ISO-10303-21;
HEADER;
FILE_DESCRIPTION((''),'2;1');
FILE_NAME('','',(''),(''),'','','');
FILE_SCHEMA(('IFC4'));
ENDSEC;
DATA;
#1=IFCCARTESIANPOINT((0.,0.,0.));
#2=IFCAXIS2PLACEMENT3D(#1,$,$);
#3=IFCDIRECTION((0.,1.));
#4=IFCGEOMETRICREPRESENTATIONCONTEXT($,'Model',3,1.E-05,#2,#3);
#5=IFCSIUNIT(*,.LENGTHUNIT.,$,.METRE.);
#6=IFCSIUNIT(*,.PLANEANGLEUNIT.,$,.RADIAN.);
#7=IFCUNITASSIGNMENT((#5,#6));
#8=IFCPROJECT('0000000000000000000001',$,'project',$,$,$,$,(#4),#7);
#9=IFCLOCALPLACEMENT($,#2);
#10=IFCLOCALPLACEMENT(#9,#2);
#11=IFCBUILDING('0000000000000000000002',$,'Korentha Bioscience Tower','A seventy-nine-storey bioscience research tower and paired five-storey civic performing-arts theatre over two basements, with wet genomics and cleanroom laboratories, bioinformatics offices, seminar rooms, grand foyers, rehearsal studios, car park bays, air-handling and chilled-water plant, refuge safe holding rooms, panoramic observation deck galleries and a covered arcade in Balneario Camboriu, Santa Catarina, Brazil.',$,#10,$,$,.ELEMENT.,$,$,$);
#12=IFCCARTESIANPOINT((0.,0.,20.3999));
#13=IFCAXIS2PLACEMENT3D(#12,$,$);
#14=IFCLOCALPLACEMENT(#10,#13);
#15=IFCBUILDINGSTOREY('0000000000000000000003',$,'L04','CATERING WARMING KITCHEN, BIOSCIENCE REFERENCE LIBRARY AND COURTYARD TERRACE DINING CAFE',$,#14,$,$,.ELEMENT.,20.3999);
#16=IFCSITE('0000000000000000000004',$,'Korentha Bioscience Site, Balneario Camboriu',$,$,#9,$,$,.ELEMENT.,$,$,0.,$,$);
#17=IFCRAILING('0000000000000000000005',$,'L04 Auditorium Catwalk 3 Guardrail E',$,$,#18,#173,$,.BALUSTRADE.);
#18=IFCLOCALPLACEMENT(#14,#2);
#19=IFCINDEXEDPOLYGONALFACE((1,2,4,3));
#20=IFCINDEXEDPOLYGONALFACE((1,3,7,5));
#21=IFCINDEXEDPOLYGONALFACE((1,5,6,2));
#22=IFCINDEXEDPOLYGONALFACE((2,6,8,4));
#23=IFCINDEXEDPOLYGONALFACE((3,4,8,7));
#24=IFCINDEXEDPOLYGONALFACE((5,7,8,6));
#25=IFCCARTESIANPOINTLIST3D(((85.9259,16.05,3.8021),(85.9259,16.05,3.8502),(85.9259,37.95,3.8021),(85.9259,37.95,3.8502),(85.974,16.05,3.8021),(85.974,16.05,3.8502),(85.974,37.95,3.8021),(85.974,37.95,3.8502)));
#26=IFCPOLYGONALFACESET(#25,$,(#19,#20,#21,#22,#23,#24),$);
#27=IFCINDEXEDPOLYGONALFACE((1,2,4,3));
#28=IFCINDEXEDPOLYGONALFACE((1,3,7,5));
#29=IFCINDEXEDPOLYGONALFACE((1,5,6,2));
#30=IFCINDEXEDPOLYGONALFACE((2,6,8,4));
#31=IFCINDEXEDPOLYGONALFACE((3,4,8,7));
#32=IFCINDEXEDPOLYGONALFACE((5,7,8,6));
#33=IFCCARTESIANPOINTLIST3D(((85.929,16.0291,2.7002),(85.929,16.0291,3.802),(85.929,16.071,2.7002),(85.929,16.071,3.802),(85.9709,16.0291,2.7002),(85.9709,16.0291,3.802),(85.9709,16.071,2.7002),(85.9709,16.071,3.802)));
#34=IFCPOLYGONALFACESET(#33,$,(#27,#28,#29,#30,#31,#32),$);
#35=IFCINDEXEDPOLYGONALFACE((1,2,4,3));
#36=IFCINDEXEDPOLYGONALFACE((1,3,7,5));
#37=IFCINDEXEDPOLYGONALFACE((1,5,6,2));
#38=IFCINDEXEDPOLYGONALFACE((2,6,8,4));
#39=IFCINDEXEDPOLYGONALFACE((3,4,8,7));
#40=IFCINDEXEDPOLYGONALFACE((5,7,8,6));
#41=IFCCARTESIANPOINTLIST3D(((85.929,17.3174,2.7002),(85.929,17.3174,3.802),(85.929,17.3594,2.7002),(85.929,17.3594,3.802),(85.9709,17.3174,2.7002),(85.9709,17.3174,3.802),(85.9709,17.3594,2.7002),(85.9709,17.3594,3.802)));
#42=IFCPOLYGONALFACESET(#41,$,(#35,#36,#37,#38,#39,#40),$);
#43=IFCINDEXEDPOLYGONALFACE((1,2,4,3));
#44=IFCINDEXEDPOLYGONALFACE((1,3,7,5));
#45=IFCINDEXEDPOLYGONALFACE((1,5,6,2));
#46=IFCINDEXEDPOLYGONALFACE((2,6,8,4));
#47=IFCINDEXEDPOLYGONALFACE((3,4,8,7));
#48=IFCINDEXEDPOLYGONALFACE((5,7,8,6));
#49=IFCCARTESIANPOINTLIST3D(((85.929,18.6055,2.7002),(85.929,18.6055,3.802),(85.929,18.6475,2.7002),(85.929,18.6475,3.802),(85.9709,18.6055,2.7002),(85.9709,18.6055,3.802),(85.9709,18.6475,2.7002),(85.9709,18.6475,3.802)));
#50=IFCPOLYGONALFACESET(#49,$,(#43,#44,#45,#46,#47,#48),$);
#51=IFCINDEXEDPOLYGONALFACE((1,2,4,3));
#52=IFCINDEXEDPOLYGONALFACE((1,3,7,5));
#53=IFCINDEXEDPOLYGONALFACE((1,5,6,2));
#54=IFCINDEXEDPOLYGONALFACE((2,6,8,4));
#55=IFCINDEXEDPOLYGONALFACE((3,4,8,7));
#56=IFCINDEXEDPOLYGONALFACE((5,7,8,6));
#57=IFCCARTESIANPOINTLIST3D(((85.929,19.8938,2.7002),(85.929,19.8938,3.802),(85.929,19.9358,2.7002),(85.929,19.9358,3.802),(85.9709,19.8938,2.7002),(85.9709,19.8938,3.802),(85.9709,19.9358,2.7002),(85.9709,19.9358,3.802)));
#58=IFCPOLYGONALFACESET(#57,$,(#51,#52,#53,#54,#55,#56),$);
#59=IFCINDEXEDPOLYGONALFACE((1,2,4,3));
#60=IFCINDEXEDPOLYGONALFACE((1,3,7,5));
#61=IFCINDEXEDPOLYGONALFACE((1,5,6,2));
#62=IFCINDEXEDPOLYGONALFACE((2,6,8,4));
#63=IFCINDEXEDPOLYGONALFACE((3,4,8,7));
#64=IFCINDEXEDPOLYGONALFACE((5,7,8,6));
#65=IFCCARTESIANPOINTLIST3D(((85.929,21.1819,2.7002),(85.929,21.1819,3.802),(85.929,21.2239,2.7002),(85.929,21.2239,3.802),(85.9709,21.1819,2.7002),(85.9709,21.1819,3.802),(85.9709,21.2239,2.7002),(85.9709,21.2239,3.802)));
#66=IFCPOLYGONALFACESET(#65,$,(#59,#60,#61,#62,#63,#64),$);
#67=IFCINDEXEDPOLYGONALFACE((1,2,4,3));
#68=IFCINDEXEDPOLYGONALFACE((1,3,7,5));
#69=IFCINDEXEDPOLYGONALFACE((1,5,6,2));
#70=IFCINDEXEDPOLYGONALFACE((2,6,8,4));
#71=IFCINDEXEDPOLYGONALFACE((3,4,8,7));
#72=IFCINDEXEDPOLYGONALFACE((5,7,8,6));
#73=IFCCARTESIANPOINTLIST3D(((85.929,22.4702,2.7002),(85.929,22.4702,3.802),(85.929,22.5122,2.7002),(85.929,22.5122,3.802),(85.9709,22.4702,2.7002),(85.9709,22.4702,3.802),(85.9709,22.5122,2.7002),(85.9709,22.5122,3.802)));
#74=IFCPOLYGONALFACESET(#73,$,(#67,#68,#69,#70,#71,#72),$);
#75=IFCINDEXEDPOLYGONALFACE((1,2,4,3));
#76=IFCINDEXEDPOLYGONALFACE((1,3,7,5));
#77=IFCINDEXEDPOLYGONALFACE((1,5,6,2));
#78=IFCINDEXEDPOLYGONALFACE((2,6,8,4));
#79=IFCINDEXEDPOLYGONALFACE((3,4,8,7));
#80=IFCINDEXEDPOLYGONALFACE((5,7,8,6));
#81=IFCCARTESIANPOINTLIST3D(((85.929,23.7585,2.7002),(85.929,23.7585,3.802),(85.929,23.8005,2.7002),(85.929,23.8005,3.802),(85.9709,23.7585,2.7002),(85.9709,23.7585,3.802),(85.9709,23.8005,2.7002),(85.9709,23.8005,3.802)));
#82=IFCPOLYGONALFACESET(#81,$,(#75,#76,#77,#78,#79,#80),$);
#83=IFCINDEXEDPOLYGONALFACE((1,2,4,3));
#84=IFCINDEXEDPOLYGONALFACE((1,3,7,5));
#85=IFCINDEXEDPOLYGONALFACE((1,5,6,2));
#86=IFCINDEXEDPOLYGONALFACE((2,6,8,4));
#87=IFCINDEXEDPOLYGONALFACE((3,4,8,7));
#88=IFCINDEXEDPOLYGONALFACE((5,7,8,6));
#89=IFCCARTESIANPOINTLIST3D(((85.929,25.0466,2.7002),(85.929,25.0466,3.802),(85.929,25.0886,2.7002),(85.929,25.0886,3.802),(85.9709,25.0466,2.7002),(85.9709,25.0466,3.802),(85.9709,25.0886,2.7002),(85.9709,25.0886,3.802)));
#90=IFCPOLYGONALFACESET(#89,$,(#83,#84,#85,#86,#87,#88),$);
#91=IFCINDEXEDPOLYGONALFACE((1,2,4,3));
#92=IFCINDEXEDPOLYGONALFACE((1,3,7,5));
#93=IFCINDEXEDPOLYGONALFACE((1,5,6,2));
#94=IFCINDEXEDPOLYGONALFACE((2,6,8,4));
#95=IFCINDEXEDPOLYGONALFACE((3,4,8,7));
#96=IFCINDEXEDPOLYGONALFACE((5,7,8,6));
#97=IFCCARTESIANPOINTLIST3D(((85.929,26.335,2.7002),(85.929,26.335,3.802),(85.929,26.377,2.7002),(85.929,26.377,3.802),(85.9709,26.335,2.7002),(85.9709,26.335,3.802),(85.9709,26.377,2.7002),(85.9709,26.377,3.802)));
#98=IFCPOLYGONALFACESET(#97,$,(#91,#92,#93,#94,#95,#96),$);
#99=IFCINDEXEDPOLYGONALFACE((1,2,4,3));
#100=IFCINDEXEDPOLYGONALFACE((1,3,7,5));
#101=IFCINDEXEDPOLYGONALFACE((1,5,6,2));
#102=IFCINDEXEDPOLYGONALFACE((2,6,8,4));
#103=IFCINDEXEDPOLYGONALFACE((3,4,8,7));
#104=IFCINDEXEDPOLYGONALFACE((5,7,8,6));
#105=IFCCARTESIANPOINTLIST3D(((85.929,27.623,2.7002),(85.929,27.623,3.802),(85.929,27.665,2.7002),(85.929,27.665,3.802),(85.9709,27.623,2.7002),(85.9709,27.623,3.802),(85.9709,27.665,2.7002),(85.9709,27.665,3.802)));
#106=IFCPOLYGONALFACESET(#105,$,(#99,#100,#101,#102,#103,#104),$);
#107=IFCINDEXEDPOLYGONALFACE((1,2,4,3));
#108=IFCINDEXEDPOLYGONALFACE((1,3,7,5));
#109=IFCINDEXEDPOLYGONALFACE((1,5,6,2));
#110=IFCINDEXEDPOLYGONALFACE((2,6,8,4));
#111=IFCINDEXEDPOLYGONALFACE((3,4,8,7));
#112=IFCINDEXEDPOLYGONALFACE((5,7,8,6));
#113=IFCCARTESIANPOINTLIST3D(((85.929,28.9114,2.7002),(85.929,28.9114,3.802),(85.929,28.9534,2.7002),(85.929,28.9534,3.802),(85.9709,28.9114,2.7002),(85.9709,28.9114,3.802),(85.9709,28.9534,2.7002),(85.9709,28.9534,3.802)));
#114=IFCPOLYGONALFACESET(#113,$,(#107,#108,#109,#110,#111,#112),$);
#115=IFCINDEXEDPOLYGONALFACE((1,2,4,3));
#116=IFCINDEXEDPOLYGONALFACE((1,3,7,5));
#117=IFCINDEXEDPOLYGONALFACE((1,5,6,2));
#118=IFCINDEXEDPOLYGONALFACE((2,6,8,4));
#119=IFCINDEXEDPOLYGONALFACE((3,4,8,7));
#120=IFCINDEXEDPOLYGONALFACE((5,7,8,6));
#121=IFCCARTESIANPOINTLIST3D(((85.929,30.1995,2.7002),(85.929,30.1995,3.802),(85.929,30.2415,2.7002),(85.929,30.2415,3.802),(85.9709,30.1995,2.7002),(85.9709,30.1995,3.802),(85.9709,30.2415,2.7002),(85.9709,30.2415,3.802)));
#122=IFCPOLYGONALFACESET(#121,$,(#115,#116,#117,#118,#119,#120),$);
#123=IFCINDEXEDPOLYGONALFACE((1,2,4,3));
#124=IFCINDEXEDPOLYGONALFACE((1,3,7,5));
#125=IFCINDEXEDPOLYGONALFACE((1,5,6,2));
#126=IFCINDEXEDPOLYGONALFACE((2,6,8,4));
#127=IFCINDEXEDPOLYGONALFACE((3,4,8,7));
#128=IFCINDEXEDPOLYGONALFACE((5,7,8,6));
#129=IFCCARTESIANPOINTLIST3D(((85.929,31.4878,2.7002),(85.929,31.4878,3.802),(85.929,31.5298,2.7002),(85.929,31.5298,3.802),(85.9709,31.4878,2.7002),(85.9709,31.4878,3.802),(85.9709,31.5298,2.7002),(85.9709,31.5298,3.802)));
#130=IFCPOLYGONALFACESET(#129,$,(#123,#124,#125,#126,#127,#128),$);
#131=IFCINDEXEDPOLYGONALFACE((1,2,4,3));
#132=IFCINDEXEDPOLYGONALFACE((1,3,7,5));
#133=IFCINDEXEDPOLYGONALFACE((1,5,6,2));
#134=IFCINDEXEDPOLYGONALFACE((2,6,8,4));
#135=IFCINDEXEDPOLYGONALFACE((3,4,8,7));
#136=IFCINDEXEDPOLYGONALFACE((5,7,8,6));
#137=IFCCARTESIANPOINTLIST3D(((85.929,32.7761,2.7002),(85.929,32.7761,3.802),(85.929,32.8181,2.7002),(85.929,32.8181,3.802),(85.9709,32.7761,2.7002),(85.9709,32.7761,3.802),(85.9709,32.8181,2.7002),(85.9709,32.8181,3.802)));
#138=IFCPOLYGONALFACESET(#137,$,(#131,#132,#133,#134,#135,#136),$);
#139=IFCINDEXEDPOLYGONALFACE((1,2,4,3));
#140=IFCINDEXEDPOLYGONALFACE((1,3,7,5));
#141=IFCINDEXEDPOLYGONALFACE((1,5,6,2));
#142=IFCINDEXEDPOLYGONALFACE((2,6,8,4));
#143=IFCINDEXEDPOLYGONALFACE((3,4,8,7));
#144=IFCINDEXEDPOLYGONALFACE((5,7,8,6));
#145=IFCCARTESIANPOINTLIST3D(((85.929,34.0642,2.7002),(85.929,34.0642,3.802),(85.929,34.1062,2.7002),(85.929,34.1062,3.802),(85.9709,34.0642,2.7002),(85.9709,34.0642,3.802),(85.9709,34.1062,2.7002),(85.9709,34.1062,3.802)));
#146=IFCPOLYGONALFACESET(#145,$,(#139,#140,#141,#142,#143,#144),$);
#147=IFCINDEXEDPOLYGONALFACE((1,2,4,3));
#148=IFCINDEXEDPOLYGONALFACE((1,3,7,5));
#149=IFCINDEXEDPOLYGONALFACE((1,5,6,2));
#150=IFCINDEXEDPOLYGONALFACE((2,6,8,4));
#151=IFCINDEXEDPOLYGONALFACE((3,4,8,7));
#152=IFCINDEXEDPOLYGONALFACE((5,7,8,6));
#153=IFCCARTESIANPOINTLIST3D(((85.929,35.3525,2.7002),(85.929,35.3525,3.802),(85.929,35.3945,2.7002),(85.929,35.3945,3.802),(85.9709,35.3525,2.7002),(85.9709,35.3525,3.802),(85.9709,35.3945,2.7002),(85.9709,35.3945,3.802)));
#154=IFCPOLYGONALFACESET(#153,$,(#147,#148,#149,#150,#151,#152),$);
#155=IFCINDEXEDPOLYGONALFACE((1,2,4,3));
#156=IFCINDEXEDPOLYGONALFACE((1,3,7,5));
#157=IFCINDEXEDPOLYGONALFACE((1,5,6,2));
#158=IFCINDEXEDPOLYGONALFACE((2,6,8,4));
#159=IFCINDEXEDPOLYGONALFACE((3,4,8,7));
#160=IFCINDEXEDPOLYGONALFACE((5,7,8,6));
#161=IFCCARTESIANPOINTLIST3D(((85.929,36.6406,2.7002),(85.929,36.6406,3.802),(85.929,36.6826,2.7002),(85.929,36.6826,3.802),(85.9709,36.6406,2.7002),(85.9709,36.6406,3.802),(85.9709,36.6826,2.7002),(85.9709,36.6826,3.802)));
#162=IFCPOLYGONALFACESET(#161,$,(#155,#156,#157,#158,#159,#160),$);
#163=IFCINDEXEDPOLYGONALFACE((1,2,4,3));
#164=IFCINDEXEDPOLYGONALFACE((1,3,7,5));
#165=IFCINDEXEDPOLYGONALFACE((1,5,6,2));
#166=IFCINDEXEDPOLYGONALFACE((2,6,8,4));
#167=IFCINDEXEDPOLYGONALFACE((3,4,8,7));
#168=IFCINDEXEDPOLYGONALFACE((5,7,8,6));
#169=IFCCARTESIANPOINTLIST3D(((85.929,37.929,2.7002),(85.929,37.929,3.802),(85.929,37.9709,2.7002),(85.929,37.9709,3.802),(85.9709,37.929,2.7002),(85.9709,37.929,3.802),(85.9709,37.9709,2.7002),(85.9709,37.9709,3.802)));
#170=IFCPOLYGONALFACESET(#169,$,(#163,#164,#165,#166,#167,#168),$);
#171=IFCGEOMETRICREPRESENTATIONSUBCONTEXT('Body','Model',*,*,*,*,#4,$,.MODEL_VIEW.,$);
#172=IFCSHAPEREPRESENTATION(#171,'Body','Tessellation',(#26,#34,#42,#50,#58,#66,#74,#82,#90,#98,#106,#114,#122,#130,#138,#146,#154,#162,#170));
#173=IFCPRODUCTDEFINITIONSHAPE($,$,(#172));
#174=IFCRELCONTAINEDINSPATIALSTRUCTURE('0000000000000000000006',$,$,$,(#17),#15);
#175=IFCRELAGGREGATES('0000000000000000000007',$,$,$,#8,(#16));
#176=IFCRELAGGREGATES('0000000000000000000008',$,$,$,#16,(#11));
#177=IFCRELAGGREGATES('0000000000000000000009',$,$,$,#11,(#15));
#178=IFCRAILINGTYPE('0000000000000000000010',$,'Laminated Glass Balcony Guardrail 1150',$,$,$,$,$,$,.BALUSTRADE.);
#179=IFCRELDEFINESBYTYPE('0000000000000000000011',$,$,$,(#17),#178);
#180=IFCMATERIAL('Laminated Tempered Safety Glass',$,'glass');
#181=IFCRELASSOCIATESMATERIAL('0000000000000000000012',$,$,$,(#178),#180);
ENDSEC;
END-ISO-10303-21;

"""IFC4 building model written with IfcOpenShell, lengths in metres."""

from ifc_helpers import new_model, si_unit, direction, frame, origin, origin_2d, place, context, subcontext, project, spatial, rectangle, extrude, material, type_object, element, save


model = new_model("IFC4")

# Units and contexts
model_context = context("Model", 3, precision=1e-05, world=origin(), true_north=direction((0.0, 1.0)))
body_context = subcontext(model_context, "Body", "Model", "MODEL_VIEW")
ifc_project = project(units=[si_unit("LENGTHUNIT", "METRE"), si_unit("PLANEANGLEUNIT", "RADIAN")], contexts=[model_context])

# Site, building, storey
site_placement = place(None, origin())
site = spatial("IfcSite", under=ifc_project, at=site_placement, Name="Korentha Bioscience Site, Balneario Camboriu", CompositionType="ELEMENT", RefElevation=0.0)
building_placement = place(site_placement, origin())
building = spatial("IfcBuilding", under=site, at=building_placement, Name="Korentha Bioscience Tower", Description="A seventy-nine-storey bioscience research tower and paired five-storey civic performing-arts theatre over two basements, with wet genomics and cleanroom laboratories, bioinformatics offices, seminar rooms, grand foyers, rehearsal studios, car park bays, air-handling and chilled-water plant, refuge safe holding rooms, panoramic observation deck galleries and a covered arcade in Balneario Camboriu, Santa Catarina, Brazil.", CompositionType="ELEMENT")
storey_placement = place(building_placement, frame((0.0, 0.0, 20.3999)))
storey = spatial("IfcBuildingStorey", under=building, at=storey_placement, Name="L04", Description="CATERING WARMING KITCHEN, BIOSCIENCE REFERENCE LIBRARY AND COURTYARD TERRACE DINING CAFE", CompositionType="ELEMENT", Elevation=20.3999)

# Railing
ifc_material_1 = material(Name="Laminated Tempered Safety Glass", Category="glass")
railing_type = type_object("IfcRailingType", Name="Laminated Glass Balcony Guardrail 1150", PredefinedType="BALUSTRADE", material=ifc_material_1)
railing_1_placement = place(storey_placement, frame((85.95, 16.05, 2.7002)))
element("IfcRailing", 1, at=railing_1_placement, inside=storey, type_object=railing_type, Name="L04 Auditorium Catwalk 3 Guardrail E", PredefinedType="BALUSTRADE", context=body_context, shape_type="SweptSolid", body=[
    extrude(rectangle(XDim=0.0481, YDim=0.0481, at=origin_2d()), frame((0.0, 0.0, 1.126), z_axis=(0.0, 1.0, 0.0), x_axis=(-1.0, 0.0, 0.0)), (0.0, 0.0, 1.0), 21.8999),
    extrude(rectangle(XDim=0.042, YDim=0.042, at=origin_2d()), origin(), (0.0, 0.0, 1.0), 1.1018),
    extrude(rectangle(XDim=0.042, YDim=0.042, at=origin_2d()), frame((0.0, 1.2883, 0.0)), (0.0, 0.0, 1.0), 1.1018),
    extrude(rectangle(XDim=0.042, YDim=0.042, at=origin_2d()), frame((0.0, 2.5764, 0.0)), (0.0, 0.0, 1.0), 1.1018),
    extrude(rectangle(XDim=0.042, YDim=0.042, at=origin_2d()), frame((0.0, 3.8647, 0.0)), (0.0, 0.0, 1.0), 1.1018),
    extrude(rectangle(XDim=0.042, YDim=0.042, at=origin_2d()), frame((0.0, 5.1528, 0.0)), (0.0, 0.0, 1.0), 1.1018),
    extrude(rectangle(XDim=0.042, YDim=0.042, at=origin_2d()), frame((0.0, 6.4412, 0.0)), (0.0, 0.0, 1.0), 1.1018),
    extrude(rectangle(XDim=0.042, YDim=0.042, at=origin_2d()), frame((0.0, 7.7295, 0.0)), (0.0, 0.0, 1.0), 1.1018),
    extrude(rectangle(XDim=0.042, YDim=0.042, at=origin_2d()), frame((0.0, 9.0176, 0.0)), (0.0, 0.0, 1.0), 1.1018),
    extrude(rectangle(XDim=0.042, YDim=0.042, at=origin_2d()), frame((0.0, 10.3059, 0.0)), (0.0, 0.0, 1.0), 1.1018),
    extrude(rectangle(XDim=0.042, YDim=0.042, at=origin_2d()), frame((0.0, 11.594, 0.0)), (0.0, 0.0, 1.0), 1.1018),
    extrude(rectangle(XDim=0.042, YDim=0.042, at=origin_2d()), frame((0.0, 12.8823, 0.0)), (0.0, 0.0, 1.0), 1.1018),
    extrude(rectangle(XDim=0.042, YDim=0.042, at=origin_2d()), frame((0.0, 14.1704, 0.0)), (0.0, 0.0, 1.0), 1.1018),
    extrude(rectangle(XDim=0.042, YDim=0.042, at=origin_2d()), frame((0.0, 15.4587, 0.0)), (0.0, 0.0, 1.0), 1.1018),
    extrude(rectangle(XDim=0.042, YDim=0.042, at=origin_2d()), frame((0.0, 16.7471, 0.0)), (0.0, 0.0, 1.0), 1.1018),
    extrude(rectangle(XDim=0.042, YDim=0.042, at=origin_2d()), frame((0.0, 18.0352, 0.0)), (0.0, 0.0, 1.0), 1.1018),
    extrude(rectangle(XDim=0.042, YDim=0.042, at=origin_2d()), frame((0.0, 19.3235, 0.0)), (0.0, 0.0, 1.0), 1.1018),
    extrude(rectangle(XDim=0.042, YDim=0.042, at=origin_2d()), frame((0.0, 20.6116, 0.0)), (0.0, 0.0, 1.0), 1.1018),
    extrude(rectangle(XDim=0.042, YDim=0.042, at=origin_2d()), frame((0.0, 21.8999, 0.0)), (0.0, 0.0, 1.0), 1.1018),
])

save(model, "model.ifc")
